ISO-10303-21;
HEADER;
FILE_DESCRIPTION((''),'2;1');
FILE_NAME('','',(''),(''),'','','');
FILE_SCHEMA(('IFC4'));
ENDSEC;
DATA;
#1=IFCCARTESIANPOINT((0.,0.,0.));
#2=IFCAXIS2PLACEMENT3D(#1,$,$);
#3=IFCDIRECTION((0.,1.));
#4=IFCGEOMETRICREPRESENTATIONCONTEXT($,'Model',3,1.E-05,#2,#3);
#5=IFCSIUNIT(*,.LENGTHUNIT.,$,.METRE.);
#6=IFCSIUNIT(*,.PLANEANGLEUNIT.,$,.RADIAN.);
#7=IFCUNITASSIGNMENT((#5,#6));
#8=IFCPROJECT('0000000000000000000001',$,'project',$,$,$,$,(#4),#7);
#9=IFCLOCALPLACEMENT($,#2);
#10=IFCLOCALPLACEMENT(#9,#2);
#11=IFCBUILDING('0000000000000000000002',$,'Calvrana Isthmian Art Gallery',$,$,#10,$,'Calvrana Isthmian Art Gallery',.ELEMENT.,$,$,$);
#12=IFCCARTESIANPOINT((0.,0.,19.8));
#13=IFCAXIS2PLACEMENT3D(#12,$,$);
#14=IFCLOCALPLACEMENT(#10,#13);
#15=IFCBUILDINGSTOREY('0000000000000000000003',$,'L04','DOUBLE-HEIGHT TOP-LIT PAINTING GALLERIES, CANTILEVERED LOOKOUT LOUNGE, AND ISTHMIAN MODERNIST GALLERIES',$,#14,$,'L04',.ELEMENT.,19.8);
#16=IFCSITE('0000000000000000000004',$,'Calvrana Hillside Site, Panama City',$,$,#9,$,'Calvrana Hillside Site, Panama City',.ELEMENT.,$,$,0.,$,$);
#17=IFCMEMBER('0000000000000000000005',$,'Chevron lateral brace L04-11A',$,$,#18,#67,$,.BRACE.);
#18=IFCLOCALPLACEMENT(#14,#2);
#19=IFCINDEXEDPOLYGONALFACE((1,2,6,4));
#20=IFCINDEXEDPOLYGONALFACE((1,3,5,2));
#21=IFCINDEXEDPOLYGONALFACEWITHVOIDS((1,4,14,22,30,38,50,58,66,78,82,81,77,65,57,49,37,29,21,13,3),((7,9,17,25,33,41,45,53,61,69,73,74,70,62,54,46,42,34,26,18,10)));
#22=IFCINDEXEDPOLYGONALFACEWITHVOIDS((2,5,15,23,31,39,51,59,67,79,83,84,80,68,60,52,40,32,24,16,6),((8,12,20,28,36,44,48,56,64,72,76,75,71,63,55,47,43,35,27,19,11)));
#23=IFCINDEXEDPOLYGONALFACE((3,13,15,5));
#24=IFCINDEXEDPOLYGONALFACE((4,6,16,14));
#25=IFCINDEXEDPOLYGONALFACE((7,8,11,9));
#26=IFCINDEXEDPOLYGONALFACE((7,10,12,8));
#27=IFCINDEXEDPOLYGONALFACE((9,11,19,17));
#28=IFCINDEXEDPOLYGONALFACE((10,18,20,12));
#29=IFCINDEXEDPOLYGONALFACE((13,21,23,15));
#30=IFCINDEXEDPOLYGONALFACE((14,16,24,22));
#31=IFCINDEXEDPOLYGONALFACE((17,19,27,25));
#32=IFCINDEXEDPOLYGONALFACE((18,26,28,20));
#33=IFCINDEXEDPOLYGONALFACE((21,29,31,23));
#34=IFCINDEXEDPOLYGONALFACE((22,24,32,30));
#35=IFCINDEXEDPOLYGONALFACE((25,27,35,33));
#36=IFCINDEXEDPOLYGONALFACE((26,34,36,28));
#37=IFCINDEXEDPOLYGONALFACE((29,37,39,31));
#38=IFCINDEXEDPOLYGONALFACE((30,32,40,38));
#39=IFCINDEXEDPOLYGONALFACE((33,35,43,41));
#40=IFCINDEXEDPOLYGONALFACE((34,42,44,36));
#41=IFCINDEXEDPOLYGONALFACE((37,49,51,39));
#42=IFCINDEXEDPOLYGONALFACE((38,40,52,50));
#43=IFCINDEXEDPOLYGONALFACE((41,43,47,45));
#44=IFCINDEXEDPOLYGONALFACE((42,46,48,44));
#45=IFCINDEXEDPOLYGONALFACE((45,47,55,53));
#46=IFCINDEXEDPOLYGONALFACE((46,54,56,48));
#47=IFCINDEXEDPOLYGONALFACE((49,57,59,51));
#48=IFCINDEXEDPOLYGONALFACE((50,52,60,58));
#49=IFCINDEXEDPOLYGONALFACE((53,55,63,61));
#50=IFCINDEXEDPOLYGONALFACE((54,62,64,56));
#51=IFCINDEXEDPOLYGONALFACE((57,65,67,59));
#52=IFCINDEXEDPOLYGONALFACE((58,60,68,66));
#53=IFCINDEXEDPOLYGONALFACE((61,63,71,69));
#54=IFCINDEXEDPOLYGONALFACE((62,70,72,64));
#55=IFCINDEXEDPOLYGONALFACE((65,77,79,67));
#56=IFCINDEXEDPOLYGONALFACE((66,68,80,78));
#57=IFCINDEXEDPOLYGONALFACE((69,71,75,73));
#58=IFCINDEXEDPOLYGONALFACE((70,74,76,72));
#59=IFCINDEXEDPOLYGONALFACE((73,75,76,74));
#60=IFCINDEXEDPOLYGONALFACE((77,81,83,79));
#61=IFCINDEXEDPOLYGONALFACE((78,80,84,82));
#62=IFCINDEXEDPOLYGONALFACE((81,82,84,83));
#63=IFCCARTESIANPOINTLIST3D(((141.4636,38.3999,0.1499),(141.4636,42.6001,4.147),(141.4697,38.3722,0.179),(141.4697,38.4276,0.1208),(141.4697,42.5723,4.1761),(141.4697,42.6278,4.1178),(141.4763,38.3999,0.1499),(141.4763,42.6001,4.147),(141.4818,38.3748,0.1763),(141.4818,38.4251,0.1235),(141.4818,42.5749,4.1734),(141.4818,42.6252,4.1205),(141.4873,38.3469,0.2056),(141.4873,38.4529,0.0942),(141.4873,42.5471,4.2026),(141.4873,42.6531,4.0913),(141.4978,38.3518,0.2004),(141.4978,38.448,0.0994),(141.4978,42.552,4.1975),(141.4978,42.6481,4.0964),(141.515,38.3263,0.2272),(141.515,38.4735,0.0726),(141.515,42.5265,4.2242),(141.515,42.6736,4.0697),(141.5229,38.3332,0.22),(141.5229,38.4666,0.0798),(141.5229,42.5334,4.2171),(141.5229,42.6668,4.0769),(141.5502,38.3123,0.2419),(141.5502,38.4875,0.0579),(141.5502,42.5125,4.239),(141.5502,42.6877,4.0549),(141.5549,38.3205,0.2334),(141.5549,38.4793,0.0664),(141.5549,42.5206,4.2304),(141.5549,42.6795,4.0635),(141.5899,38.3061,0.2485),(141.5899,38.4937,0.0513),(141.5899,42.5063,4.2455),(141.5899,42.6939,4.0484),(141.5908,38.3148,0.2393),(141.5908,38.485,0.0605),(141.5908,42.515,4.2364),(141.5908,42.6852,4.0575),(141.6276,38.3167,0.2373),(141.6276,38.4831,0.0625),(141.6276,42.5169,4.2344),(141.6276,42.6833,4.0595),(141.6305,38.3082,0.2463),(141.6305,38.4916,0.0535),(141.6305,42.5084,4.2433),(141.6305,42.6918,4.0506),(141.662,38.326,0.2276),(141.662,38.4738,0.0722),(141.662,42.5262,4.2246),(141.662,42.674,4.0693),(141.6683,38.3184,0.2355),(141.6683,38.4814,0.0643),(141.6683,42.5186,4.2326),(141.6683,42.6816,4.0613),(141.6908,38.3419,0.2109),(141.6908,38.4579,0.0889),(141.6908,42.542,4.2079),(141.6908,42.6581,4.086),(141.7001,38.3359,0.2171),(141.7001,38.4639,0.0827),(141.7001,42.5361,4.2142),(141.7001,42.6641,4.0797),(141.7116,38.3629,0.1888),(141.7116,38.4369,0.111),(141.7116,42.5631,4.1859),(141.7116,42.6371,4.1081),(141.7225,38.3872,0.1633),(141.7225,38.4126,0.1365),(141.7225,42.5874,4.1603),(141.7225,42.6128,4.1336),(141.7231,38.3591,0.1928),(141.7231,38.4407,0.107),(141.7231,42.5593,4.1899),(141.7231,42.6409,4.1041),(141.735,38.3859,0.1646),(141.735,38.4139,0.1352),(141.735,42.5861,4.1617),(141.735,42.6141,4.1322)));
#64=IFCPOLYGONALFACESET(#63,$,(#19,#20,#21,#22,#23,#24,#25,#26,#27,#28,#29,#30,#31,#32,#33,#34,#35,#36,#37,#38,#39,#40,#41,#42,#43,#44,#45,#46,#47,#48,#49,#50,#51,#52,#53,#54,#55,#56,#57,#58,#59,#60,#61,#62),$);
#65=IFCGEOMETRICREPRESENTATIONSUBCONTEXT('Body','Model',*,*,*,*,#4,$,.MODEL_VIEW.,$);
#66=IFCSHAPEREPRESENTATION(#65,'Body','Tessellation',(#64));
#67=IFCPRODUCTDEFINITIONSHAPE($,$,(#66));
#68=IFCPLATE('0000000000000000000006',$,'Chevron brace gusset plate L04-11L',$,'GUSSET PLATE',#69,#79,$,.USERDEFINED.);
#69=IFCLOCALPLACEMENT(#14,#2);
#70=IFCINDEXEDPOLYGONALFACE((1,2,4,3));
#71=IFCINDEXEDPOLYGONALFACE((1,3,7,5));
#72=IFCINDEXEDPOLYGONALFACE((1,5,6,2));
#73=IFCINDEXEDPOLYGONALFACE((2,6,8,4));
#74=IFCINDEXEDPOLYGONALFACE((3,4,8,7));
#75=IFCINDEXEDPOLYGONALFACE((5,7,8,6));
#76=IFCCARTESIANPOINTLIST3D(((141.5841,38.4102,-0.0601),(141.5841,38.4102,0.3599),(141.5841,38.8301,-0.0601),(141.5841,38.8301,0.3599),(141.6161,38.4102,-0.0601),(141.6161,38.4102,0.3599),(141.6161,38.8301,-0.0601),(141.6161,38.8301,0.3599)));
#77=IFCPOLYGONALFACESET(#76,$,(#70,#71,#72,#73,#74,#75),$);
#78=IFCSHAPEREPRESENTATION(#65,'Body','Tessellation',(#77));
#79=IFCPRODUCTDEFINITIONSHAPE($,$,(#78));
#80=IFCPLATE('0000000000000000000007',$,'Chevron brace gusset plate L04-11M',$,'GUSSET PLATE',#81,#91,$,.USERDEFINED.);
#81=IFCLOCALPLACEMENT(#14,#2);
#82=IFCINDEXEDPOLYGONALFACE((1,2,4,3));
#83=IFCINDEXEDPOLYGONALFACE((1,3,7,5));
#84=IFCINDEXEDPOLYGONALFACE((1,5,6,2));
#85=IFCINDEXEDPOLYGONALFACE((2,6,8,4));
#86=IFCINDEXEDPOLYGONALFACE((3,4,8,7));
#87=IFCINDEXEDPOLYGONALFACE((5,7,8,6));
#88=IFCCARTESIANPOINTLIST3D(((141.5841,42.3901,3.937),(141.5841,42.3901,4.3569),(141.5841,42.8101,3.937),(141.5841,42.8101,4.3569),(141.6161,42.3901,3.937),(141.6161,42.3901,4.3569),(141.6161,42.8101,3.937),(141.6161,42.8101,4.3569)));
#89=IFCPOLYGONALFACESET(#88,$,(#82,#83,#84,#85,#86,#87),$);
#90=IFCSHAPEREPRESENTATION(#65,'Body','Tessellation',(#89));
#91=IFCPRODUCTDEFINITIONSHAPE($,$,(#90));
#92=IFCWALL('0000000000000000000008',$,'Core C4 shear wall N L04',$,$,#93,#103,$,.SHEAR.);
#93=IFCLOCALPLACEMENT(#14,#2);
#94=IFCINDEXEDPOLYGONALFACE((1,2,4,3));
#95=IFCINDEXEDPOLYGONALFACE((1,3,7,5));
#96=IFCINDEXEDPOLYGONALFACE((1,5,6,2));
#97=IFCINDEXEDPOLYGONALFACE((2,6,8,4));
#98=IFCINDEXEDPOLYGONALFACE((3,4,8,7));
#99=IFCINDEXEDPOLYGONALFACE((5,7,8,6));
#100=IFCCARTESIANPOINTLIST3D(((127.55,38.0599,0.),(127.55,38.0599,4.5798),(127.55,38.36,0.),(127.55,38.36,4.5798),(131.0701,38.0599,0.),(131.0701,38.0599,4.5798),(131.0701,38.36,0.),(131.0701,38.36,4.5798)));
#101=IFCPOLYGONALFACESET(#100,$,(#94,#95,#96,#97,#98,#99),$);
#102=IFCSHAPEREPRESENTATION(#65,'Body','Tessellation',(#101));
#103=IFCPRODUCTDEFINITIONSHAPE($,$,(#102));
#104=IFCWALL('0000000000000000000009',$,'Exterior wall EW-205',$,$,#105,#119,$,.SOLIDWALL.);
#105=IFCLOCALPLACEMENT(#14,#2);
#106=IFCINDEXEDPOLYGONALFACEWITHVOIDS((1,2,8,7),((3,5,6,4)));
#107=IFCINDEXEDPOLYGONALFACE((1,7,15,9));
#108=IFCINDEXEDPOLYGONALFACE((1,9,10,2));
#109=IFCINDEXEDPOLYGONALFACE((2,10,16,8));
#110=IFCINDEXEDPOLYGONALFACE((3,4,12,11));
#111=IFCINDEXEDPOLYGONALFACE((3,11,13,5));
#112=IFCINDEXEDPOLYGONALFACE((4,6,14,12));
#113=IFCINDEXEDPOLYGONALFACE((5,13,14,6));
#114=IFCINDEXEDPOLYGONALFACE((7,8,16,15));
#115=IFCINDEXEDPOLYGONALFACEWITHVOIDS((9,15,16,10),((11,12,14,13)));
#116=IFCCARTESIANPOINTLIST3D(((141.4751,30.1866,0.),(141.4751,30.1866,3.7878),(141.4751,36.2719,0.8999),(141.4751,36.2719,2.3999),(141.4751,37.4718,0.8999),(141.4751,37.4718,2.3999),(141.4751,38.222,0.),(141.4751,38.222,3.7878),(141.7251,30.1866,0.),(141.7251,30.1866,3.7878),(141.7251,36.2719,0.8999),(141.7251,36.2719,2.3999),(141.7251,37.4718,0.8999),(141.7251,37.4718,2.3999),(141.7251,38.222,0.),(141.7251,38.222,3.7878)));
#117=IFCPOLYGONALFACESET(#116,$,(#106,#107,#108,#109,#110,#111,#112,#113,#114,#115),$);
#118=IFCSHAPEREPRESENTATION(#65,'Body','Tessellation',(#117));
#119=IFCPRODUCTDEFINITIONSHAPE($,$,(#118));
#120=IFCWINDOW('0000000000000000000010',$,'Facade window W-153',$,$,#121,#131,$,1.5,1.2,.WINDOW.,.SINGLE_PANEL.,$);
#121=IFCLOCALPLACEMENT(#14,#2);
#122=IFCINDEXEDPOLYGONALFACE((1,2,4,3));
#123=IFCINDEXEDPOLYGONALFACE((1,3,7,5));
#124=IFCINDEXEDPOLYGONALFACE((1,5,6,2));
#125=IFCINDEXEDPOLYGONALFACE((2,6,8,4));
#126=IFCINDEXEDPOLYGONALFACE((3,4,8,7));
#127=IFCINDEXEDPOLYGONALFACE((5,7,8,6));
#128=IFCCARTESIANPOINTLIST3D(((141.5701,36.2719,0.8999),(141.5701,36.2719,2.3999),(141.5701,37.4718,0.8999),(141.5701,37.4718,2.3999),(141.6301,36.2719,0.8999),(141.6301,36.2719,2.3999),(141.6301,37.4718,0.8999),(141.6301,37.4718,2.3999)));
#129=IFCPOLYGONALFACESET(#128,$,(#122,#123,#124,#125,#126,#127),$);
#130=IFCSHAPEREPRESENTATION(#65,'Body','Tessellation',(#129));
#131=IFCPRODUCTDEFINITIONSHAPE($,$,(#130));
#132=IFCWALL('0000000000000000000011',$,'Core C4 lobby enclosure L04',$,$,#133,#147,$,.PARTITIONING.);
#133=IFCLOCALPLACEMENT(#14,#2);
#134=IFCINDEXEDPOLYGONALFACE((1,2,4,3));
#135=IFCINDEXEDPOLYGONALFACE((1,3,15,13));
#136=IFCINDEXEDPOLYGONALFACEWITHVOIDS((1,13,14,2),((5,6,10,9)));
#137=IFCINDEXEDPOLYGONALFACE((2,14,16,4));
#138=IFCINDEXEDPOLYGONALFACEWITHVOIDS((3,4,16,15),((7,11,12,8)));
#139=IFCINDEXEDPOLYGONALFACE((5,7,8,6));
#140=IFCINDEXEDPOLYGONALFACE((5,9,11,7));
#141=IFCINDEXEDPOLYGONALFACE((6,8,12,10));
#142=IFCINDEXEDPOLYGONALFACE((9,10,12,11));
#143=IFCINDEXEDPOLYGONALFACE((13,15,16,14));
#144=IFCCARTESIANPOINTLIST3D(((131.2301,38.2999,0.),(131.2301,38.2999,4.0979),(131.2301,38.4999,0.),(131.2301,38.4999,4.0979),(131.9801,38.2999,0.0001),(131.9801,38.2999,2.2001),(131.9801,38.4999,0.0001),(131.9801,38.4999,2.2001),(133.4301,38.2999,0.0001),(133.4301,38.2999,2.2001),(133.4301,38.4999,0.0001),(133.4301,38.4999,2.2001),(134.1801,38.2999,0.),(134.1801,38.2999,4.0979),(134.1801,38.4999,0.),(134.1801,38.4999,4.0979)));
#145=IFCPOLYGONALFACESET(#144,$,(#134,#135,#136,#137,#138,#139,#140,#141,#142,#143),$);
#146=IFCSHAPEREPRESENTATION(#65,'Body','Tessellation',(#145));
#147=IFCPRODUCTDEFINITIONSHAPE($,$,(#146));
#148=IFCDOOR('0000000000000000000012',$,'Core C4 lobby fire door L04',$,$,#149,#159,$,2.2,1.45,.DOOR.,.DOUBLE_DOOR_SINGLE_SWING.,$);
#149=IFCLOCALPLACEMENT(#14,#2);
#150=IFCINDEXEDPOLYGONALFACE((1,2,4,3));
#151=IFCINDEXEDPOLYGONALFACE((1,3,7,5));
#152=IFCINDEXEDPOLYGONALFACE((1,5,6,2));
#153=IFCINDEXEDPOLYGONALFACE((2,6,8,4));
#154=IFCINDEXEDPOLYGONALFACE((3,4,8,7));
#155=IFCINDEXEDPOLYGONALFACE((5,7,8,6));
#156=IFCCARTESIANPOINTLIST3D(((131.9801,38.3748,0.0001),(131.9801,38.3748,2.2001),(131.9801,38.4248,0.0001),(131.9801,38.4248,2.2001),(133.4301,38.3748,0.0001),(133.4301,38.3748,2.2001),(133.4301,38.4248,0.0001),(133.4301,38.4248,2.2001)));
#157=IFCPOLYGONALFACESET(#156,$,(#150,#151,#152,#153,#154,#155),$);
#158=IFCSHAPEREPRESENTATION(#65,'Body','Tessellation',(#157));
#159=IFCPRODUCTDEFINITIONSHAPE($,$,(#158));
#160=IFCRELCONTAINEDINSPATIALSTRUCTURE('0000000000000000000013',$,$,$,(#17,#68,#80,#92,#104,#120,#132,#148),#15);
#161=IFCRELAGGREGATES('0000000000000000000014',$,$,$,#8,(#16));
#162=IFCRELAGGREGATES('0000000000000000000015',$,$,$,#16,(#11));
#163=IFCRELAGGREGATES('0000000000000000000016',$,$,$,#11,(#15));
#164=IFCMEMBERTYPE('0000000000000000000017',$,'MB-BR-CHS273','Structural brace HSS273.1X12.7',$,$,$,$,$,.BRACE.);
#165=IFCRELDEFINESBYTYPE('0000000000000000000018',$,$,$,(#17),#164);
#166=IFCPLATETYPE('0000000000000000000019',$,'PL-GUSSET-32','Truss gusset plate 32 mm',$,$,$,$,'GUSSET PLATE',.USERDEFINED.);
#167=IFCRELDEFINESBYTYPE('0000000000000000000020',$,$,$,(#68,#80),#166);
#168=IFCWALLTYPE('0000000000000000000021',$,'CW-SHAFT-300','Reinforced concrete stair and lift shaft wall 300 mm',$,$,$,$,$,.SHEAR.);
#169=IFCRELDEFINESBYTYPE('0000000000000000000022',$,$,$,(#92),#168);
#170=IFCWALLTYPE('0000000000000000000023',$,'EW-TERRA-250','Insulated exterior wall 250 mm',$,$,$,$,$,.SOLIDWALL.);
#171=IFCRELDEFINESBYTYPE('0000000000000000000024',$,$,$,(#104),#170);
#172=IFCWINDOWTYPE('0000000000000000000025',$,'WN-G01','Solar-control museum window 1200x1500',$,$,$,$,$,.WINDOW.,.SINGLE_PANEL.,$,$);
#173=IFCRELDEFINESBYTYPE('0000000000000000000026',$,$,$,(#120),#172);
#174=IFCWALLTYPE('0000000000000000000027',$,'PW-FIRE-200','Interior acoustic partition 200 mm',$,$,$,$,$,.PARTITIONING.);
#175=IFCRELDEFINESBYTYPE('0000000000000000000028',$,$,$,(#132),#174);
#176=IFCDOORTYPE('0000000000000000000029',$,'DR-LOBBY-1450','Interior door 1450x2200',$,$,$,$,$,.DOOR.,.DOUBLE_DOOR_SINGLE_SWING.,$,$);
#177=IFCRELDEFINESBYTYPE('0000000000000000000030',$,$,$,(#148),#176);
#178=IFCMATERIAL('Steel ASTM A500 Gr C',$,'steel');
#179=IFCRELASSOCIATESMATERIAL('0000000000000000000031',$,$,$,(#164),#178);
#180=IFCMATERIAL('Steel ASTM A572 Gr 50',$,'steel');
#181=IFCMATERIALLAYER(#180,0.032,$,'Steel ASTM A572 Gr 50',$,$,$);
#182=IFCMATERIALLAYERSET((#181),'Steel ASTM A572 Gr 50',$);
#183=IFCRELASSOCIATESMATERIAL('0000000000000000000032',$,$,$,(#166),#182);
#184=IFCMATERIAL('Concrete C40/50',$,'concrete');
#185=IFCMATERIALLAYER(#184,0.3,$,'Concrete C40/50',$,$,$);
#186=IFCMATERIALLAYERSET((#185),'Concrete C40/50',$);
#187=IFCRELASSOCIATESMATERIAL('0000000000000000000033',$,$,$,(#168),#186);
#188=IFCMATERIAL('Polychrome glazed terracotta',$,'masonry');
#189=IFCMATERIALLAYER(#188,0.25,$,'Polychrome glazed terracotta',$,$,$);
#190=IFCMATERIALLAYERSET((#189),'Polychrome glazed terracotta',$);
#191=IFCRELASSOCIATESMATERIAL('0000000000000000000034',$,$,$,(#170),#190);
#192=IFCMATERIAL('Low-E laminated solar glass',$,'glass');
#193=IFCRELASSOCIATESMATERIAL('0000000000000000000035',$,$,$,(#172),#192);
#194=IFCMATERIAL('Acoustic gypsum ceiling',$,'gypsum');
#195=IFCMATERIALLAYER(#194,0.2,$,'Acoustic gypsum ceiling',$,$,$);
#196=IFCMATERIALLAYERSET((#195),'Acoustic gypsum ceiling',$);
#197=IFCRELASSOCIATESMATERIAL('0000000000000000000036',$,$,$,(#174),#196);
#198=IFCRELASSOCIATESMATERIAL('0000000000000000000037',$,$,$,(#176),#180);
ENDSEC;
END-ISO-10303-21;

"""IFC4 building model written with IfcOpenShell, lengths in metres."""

from ifc_helpers import new_model, si_unit, direction, frame, frame_2d, origin, origin_2d, place, context, subcontext, project, spatial, rectangle, hollow_circle, extrude, material, layer, layer_set, material_profile, profile_set, type_object, element, fill, save


model = new_model("IFC4")

# Units and contexts
model_context = context("Model", 3, precision=1e-05, world=origin(), true_north=direction((0.0, 1.0)))
body_context = subcontext(model_context, "Body", "Model", "MODEL_VIEW")
ifc_project = project(units=[si_unit("LENGTHUNIT", "METRE"), si_unit("PLANEANGLEUNIT", "RADIAN")], contexts=[model_context])

# Site, building, storey
site_placement = place(None, origin())
site = spatial("IfcSite", under=ifc_project, at=site_placement, Name="Calvrana Hillside Site, Panama City", LongName="Calvrana Hillside Site, Panama City", CompositionType="ELEMENT", RefElevation=0.0)
building_placement = place(site_placement, origin())
building = spatial("IfcBuilding", under=site, at=building_placement, Name="Calvrana Isthmian Art Gallery", LongName="Calvrana Isthmian Art Gallery", CompositionType="ELEMENT")
storey_placement = place(building_placement, frame((0.0, 0.0, 19.8)))
storey = spatial("IfcBuildingStorey", under=building, at=storey_placement, Name="L04", Description="DOUBLE-HEIGHT TOP-LIT PAINTING GALLERIES, CANTILEVERED LOOKOUT LOUNGE, AND ISTHMIAN MODERNIST GALLERIES", LongName="L04", CompositionType="ELEMENT", Elevation=19.8)

# Member
ifc_material_1 = material(Name="Steel ASTM A500 Gr C", Category="steel")
ifc_material_profile_1 = material_profile(ifc_material_1, hollow_circle(Radius=0.1365, WallThickness=0.0127, at=origin_2d()), Name="HSS273.1X12.7")
ifc_profile_set_1 = profile_set([ifc_material_profile_1], Name="Steel ASTM A500 Gr C")
member_type = type_object("IfcMemberType", Name="MB-BR-CHS273", Description="Structural brace HSS273.1X12.7", PredefinedType="BRACE", material=ifc_profile_set_1)
member_placement = place(storey_placement, frame((141.6001, 38.3999, 0.1499), z_axis=(0.0, 0.724406, 0.689373), x_axis=(-1.0, 0.0, 0.0)))
element("IfcMember", 1, at=member_placement, inside=storey, type_object=member_type, Name="Chevron lateral brace L04-11A", PredefinedType="BRACE", context=body_context, shape_type="SweptSolid", body=[
    extrude(hollow_circle(Radius=0.1365, WallThickness=0.0127, at=origin_2d()), origin(), (0.0, 0.0, 1.0), 5.7981),
])

# Plates
ifc_material_2 = material(Name="Steel ASTM A572 Gr 50", Category="steel")
ifc_layer_1 = layer(ifc_material_2, 0.032, Name="Steel ASTM A572 Gr 50")
ifc_layer_set_1 = layer_set([ifc_layer_1], Name="Steel ASTM A572 Gr 50")
plate_type = type_object("IfcPlateType", Name="PL-GUSSET-32", Description="Truss gusset plate 32 mm", ElementType="GUSSET PLATE", PredefinedType="USERDEFINED", material=ifc_layer_set_1)
for number, where, z_axis, x_axis, name in (
    (2, (141.6001, 38.6201, -0.0601), (0.0, 0.0, 1.0), (1.0, 0.0, 0.0), "Chevron brace gusset plate L04-11L"),
    (3, (141.6001, 42.6001, 3.937), (0.0, 0.0, 1.0), (1.0, 0.0, 0.0), "Chevron brace gusset plate L04-11M"),
):
    element("IfcPlate", number, at=place(storey_placement, frame(where, z_axis=z_axis, x_axis=x_axis)), inside=storey, type_object=plate_type, Name=name, ObjectType="GUSSET PLATE", PredefinedType="USERDEFINED", context=body_context, shape_type="SweptSolid", body=[
        extrude(rectangle(XDim=0.032, YDim=0.4199, at=origin_2d()), origin(), (0.0, 0.0, 1.0), 0.4199),
    ])

# Wall
ifc_material_3 = material(Name="Concrete C40/50", Category="concrete")
ifc_layer_2 = layer(ifc_material_3, 0.3, Name="Concrete C40/50")
ifc_layer_set_2 = layer_set([ifc_layer_2], Name="Concrete C40/50")
wall_type_1 = type_object("IfcWallType", Name="CW-SHAFT-300", Description="Reinforced concrete stair and lift shaft wall 300 mm", PredefinedType="SHEAR", material=ifc_layer_set_2)
wall_1_placement = place(storey_placement, frame((127.55, 38.21, 0.0), z_axis=(0.0, 0.0, 1.0), x_axis=(1.0, 0.0, 0.0)))
element("IfcWall", 4, at=wall_1_placement, inside=storey, type_object=wall_type_1, Name="Core C4 shear wall N L04", PredefinedType="SHEAR", context=body_context, shape_type="SweptSolid", body=[
    extrude(rectangle(XDim=3.52, YDim=0.3, at=frame_2d((1.76, 0.0))), origin(), (0.0, 0.0, 1.0), 4.5798),
])

# Wall, opening, window
ifc_material_4 = material(Name="Polychrome glazed terracotta", Category="masonry")
ifc_layer_3 = layer(ifc_material_4, 0.25, Name="Polychrome glazed terracotta")
ifc_layer_set_3 = layer_set([ifc_layer_3], Name="Polychrome glazed terracotta")
wall_type_2 = type_object("IfcWallType", Name="EW-TERRA-250", Description="Insulated exterior wall 250 mm", PredefinedType="SOLIDWALL", material=ifc_layer_set_3)
wall_2_placement = place(storey_placement, frame((141.6001, 38.2219, 0.0), z_axis=(0.0, 0.0, 1.0), x_axis=(0.0, -1.0, 0.0)))
wall_2 = element("IfcWall", 5, at=wall_2_placement, inside=storey, type_object=wall_type_2, Name="Exterior wall EW-205", PredefinedType="SOLIDWALL", context=body_context, shape_type="SweptSolid", body=[
    extrude(rectangle(XDim=8.0354, YDim=0.25, at=frame_2d((4.0176, 0.0))), origin(), (0.0, 0.0, 1.0), 3.7878),
])
opening_1_placement = place(wall_2_placement, frame((0.75, 0.0, 0.8999)))
opening_1 = element("IfcOpeningElement", 6, at=opening_1_placement, cuts=wall_2, PredefinedType="OPENING", context=body_context, shape_type="SweptSolid", body=[
    extrude(rectangle(XDim=1.2, YDim=1.5, at=frame_2d((0.6001, 0.75))), frame((0.0, 0.1353, 0.0), z_axis=(0.0, -1.0, 0.0), x_axis=(1.0, 0.0, 0.0)), (0.0, 0.0, 1.0), 0.2705),
])
ifc_material_5 = material(Name="Low-E laminated solar glass", Category="glass")
window_type = type_object("IfcWindowType", Name="WN-G01", Description="Solar-control museum window 1200x1500", PartitioningType="SINGLE_PANEL", PredefinedType="WINDOW", material=ifc_material_5)
window_placement = place(opening_1_placement, origin())
window = element("IfcWindow", 7, at=window_placement, inside=storey, type_object=window_type, Name="Facade window W-153", OverallHeight=1.5, OverallWidth=1.2, PartitioningType="SINGLE_PANEL", PredefinedType="WINDOW", context=body_context, shape_type="SweptSolid", body=[
    extrude(rectangle(XDim=1.2, YDim=1.5, at=frame_2d((0.6001, 0.75))), frame((0.0, 0.03, 0.0), z_axis=(0.0, -1.0, 0.0), x_axis=(1.0, 0.0, 0.0)), (0.0, 0.0, 1.0), 0.0601),
])
fill(opening_1, window)

# Wall, opening, door
ifc_material_6 = material(Name="Acoustic gypsum ceiling", Category="gypsum")
ifc_layer_4 = layer(ifc_material_6, 0.2, Name="Acoustic gypsum ceiling")
ifc_layer_set_4 = layer_set([ifc_layer_4], Name="Acoustic gypsum ceiling")
wall_type_3 = type_object("IfcWallType", Name="PW-FIRE-200", Description="Interior acoustic partition 200 mm", PredefinedType="PARTITIONING", material=ifc_layer_set_4)
wall_3_placement = place(storey_placement, frame((131.23, 38.3999, 0.0), z_axis=(0.0, 0.0, 1.0), x_axis=(1.0, 0.0, 0.0)))
wall_3 = element("IfcWall", 8, at=wall_3_placement, inside=storey, type_object=wall_type_3, Name="Core C4 lobby enclosure L04", PredefinedType="PARTITIONING", context=body_context, shape_type="SweptSolid", body=[
    extrude(rectangle(XDim=2.95, YDim=0.2, at=frame_2d((1.4751, 0.0))), origin(), (0.0, 0.0, 1.0), 4.0979),
])
opening_2_placement = place(wall_3_placement, frame((0.75, 0.0, 0.0)))
opening_2 = element("IfcOpeningElement", 9, at=opening_2_placement, cuts=wall_3, PredefinedType="OPENING", context=body_context, shape_type="SweptSolid", body=[
    extrude(rectangle(XDim=1.45, YDim=2.2, at=frame_2d((0.7251, 1.1001))), frame((0.0, 0.1104, 0.0), z_axis=(0.0, -1.0, 0.0), x_axis=(1.0, 0.0, 0.0)), (0.0, 0.0, 1.0), 0.2205),
])
door_type_1 = type_object("IfcDoorType", Name="DR-LOBBY-1450", Description="Interior door 1450x2200", OperationType="DOUBLE_DOOR_SINGLE_SWING", PredefinedType="DOOR", material=ifc_material_2)
door_1_placement = place(opening_2_placement, origin())
door_1 = element("IfcDoor", 10, at=door_1_placement, inside=storey, type_object=door_type_1, Name="Core C4 lobby fire door L04", OperationType="DOUBLE_DOOR_SINGLE_SWING", OverallHeight=2.2, OverallWidth=1.45, PredefinedType="DOOR", context=body_context, shape_type="SweptSolid", body=[
    extrude(rectangle(XDim=1.45, YDim=2.2, at=frame_2d((0.7251, 1.1001))), frame((0.0, 0.0249, 0.0), z_axis=(0.0, -1.0, 0.0), x_axis=(1.0, 0.0, 0.0)), (0.0, 0.0, 1.0), 0.05),
])
fill(opening_2, door_1)

save(model, "model.ifc")
